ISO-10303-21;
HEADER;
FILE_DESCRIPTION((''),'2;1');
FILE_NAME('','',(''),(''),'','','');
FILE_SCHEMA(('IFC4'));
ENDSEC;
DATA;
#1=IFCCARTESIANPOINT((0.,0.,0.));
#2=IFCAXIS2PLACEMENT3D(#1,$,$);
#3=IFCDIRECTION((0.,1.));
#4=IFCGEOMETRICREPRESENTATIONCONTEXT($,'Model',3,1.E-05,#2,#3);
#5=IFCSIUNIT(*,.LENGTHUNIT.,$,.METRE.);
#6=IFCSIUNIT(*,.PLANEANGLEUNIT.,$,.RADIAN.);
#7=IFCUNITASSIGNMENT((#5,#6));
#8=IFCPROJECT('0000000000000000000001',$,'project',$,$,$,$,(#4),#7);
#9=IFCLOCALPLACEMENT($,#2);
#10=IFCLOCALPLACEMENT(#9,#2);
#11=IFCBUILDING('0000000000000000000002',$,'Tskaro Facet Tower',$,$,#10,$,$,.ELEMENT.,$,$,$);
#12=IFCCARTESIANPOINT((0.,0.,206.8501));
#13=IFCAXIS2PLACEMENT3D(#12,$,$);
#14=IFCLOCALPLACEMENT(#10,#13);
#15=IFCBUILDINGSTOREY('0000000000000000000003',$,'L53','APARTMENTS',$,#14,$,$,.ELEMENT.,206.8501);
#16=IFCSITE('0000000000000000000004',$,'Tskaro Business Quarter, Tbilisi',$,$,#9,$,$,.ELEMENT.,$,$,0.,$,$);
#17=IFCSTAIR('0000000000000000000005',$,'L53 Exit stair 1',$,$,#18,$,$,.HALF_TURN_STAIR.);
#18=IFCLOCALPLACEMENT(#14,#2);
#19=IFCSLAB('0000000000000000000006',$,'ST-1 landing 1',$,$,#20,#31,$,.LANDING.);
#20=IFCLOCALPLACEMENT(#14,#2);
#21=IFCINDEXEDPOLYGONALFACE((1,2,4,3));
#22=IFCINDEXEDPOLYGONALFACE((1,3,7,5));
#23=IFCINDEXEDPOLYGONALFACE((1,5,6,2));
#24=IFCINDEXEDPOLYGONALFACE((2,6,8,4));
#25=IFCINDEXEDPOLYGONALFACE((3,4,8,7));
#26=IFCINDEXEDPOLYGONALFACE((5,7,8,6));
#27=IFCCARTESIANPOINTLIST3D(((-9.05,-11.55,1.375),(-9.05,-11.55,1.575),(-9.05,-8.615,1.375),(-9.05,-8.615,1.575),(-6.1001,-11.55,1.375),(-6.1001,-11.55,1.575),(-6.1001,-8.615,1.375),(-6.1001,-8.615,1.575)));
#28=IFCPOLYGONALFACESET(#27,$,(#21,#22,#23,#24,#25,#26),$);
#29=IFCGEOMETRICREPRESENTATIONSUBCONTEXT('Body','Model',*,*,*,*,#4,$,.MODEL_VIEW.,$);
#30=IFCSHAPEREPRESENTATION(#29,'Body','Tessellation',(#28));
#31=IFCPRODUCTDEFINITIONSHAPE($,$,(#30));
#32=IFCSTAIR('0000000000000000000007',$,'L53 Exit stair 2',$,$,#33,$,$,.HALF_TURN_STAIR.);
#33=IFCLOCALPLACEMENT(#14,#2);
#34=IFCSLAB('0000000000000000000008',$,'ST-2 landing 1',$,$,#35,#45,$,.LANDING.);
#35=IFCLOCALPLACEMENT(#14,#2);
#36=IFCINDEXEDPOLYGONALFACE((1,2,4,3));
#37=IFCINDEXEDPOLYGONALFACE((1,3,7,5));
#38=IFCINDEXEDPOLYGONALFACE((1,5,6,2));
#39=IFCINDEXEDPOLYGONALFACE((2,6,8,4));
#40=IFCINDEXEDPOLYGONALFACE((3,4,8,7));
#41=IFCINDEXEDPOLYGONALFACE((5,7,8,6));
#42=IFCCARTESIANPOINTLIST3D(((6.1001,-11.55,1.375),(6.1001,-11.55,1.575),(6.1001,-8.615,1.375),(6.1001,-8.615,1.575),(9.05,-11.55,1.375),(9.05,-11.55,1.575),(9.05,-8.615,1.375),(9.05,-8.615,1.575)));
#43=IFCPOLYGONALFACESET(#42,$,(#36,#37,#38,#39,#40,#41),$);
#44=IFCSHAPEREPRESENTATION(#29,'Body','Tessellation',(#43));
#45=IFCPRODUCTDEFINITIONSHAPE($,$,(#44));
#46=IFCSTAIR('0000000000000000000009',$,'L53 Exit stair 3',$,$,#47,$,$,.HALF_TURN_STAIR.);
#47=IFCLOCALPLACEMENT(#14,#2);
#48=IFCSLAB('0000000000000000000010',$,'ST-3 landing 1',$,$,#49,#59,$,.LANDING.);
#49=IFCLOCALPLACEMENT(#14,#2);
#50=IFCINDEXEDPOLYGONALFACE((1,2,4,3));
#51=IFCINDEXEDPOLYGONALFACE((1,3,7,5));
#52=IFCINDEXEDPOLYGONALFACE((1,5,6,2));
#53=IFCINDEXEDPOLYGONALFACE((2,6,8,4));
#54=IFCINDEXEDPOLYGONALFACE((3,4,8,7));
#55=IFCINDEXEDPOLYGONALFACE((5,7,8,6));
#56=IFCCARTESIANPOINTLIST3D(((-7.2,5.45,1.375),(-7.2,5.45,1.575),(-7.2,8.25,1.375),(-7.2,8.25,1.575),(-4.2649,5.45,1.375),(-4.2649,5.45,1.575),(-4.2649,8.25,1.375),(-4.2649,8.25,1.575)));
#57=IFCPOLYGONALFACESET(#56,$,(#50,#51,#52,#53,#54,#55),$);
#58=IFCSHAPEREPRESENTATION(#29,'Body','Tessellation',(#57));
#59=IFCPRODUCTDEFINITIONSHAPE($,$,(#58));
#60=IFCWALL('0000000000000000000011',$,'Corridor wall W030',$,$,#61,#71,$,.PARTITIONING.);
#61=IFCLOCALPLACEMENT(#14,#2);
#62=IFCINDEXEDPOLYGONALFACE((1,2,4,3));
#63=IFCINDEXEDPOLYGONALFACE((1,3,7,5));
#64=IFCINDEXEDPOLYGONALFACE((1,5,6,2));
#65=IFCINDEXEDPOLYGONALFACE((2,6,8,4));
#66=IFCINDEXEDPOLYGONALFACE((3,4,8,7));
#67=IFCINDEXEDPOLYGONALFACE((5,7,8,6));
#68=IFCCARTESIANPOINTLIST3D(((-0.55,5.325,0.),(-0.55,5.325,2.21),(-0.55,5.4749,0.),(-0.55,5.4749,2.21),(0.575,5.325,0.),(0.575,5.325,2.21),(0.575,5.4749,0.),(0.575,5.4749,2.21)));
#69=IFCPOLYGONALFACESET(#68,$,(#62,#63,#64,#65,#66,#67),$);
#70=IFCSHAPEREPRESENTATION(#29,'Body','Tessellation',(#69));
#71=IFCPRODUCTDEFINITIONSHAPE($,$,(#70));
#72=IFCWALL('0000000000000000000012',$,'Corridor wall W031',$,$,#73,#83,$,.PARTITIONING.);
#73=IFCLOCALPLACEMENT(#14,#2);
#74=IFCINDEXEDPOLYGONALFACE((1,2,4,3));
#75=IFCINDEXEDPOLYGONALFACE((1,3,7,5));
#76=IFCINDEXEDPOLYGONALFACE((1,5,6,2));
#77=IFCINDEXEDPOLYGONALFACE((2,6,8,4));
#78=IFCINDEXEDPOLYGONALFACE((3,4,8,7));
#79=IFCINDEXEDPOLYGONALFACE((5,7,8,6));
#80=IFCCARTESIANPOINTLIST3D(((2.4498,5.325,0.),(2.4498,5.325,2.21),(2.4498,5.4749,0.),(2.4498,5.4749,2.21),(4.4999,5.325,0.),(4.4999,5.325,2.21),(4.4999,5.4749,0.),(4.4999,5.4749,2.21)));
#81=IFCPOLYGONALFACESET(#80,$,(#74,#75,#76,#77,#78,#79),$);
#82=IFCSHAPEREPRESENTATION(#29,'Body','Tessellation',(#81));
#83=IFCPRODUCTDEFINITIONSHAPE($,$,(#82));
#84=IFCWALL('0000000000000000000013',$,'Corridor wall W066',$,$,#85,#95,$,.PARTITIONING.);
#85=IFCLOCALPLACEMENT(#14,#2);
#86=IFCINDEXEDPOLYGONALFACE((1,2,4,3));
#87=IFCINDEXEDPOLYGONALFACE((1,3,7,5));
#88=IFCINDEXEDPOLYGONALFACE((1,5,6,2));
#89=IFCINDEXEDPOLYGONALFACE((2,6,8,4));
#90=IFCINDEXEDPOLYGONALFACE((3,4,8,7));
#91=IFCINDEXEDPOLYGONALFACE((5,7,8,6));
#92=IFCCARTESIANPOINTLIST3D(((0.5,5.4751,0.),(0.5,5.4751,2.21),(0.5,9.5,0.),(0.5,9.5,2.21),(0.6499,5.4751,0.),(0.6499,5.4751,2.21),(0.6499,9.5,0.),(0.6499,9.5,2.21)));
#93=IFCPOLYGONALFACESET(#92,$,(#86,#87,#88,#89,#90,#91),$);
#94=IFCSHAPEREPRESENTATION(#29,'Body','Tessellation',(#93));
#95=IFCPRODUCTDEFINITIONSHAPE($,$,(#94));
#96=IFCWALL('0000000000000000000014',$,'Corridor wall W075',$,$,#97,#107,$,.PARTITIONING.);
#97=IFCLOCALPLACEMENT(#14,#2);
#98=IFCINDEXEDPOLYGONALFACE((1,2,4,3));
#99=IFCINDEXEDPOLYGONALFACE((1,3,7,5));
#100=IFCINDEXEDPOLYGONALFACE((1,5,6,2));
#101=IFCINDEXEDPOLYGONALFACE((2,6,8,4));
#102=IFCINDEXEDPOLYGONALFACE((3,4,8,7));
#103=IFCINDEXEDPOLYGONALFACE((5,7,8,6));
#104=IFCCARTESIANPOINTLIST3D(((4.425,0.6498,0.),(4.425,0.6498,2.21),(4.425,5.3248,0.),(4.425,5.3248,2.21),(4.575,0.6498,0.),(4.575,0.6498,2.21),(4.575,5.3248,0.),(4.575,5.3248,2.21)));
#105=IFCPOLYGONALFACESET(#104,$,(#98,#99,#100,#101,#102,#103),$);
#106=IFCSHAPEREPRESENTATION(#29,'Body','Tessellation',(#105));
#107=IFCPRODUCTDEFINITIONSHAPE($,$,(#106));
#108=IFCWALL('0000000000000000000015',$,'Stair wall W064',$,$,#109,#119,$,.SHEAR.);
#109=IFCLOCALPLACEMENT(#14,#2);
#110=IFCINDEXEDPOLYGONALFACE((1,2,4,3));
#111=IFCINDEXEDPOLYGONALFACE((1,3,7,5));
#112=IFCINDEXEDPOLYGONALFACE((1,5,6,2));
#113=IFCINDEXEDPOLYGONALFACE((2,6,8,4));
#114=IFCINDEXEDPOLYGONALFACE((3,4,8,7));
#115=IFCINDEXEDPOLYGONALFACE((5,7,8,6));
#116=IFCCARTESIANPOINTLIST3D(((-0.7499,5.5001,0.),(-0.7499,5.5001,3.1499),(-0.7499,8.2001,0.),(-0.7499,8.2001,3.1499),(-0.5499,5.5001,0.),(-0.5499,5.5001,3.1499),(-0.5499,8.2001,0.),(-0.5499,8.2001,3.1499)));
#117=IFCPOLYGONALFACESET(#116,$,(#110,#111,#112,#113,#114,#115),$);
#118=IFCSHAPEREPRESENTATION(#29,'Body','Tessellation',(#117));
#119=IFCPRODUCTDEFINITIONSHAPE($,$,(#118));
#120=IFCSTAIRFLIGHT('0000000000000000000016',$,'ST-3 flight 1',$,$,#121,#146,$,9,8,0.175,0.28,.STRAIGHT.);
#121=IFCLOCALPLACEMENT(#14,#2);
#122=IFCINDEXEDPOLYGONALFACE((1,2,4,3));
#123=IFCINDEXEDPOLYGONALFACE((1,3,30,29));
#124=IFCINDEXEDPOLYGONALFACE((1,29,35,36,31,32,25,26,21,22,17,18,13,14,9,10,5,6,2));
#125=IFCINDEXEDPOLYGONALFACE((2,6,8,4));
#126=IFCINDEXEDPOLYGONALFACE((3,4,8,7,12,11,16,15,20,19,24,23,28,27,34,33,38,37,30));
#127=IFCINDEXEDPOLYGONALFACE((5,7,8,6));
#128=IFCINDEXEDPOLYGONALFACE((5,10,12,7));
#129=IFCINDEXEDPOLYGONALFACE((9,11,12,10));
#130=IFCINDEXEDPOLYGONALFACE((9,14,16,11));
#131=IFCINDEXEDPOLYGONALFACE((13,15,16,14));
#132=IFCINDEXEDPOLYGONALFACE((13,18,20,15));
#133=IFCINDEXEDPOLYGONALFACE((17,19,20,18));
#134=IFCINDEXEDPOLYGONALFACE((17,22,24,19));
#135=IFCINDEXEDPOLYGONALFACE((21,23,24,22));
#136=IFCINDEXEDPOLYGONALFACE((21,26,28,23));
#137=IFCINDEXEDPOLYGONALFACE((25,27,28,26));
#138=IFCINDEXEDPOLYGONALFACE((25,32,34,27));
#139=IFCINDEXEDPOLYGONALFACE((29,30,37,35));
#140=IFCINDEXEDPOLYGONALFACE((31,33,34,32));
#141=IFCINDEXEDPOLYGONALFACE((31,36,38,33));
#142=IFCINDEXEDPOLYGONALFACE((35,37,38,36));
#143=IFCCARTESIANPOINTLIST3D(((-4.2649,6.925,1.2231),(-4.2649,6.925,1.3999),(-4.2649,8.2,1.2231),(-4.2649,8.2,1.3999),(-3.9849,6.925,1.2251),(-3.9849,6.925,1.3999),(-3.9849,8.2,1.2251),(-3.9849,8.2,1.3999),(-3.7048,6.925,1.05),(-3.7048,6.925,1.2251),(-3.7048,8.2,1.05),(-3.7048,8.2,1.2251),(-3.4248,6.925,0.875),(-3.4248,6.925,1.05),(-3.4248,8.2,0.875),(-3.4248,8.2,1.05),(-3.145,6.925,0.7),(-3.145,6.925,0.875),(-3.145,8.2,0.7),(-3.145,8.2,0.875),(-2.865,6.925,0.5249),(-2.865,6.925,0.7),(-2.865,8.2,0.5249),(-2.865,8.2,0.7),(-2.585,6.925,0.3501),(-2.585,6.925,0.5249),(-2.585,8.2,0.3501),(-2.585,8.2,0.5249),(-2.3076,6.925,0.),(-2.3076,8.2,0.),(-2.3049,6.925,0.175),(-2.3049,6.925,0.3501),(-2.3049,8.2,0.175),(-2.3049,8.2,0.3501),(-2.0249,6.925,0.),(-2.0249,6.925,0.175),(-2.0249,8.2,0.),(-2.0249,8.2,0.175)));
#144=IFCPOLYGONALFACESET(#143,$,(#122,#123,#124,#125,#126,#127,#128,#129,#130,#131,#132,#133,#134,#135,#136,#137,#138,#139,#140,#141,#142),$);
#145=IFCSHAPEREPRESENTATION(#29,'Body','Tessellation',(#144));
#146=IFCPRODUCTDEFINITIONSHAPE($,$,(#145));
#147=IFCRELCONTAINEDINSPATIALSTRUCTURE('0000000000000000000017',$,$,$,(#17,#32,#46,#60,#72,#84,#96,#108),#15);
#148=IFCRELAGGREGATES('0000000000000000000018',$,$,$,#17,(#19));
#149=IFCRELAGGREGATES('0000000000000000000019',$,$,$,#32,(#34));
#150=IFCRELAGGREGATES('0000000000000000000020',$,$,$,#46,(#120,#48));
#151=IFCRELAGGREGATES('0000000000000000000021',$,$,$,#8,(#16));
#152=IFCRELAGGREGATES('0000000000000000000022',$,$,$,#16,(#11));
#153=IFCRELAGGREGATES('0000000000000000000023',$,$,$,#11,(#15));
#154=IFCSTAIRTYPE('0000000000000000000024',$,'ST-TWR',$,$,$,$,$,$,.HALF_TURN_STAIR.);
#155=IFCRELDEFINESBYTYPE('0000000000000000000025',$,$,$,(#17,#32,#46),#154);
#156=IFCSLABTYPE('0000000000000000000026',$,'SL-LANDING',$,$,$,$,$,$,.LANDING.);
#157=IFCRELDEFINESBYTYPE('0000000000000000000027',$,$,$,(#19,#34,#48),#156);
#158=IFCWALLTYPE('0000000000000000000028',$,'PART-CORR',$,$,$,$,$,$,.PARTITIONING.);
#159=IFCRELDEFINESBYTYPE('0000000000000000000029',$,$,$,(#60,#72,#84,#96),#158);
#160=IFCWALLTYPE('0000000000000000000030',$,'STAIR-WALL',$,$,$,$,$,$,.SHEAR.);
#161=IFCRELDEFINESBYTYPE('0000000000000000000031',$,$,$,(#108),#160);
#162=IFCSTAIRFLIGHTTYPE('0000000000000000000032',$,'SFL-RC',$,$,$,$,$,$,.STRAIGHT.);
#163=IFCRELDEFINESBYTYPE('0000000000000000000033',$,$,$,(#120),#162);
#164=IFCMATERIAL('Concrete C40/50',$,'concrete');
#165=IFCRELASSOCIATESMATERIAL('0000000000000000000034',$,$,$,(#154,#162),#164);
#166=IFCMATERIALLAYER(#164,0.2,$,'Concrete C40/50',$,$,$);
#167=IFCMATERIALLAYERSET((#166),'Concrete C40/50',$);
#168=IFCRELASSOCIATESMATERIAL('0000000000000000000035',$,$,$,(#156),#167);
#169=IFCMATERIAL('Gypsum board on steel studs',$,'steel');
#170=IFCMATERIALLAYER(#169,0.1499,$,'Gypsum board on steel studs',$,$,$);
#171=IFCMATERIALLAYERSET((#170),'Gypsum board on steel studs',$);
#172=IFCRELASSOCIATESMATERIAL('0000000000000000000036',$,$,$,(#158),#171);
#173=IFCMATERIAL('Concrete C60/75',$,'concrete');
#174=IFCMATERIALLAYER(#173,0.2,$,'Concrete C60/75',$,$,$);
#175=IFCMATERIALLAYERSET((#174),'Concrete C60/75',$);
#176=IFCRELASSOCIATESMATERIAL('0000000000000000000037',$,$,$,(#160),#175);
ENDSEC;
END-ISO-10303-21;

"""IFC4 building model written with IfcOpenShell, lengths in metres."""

from ifc_helpers import new_model, si_unit, direction, frame, frame_2d, origin, place, context, subcontext, project, spatial, polyline, rectangle, outline, extrude, material, layer, layer_set, type_object, element, aggregate, save


model = new_model("IFC4")

# Units and contexts
model_context = context("Model", 3, precision=1e-05, world=origin(), true_north=direction((0.0, 1.0)))
body_context = subcontext(model_context, "Body", "Model", "MODEL_VIEW")
ifc_project = project(units=[si_unit("LENGTHUNIT", "METRE"), si_unit("PLANEANGLEUNIT", "RADIAN")], contexts=[model_context])

# Site, building, storey
site_placement = place(None, origin())
site = spatial("IfcSite", under=ifc_project, at=site_placement, Name="Tskaro Business Quarter, Tbilisi", CompositionType="ELEMENT", RefElevation=0.0)
building_placement = place(site_placement, origin())
building = spatial("IfcBuilding", under=site, at=building_placement, Name="Tskaro Facet Tower", CompositionType="ELEMENT")
storey_placement = place(building_placement, frame((0.0, 0.0, 206.8501)))
storey = spatial("IfcBuildingStorey", under=building, at=storey_placement, Name="L53", Description="APARTMENTS", CompositionType="ELEMENT", Elevation=206.8501)

# Stairs, slabs
ifc_material_1 = material(Name="Concrete C40/50", Category="concrete")
stair_type = type_object("IfcStairType", Name="ST-TWR", PredefinedType="HALF_TURN_STAIR", material=ifc_material_1)
stair_1_placement = place(storey_placement, origin())
stair_1 = element("IfcStair", 1, at=stair_1_placement, inside=storey, type_object=stair_type, Name="L53 Exit stair 1", PredefinedType="HALF_TURN_STAIR")
ifc_layer_1 = layer(ifc_material_1, 0.2, Name="Concrete C40/50")
ifc_layer_set_1 = layer_set([ifc_layer_1], Name="Concrete C40/50")
slab_type = type_object("IfcSlabType", Name="SL-LANDING", PredefinedType="LANDING", material=ifc_layer_set_1)
slab_1_placement = place(storey_placement, frame((0.0, 0.0, 1.375)))
slab_1 = element("IfcSlab", 2, at=slab_1_placement, type_object=slab_type, Name="ST-1 landing 1", PredefinedType="LANDING", context=body_context, shape_type="SweptSolid", body=[
    extrude(outline(polyline([(-9.05, -11.55), (-6.1001, -11.55), (-6.1001, -8.615), (-9.05, -8.615), (-9.05, -11.55)])), origin(), (0.0, 0.0, 1.0), 0.2),
])
aggregate(stair_1, [slab_1])
stair_2_placement = place(storey_placement, origin())
stair_2 = element("IfcStair", 3, at=stair_2_placement, inside=storey, type_object=stair_type, Name="L53 Exit stair 2", PredefinedType="HALF_TURN_STAIR")
slab_2_placement = place(storey_placement, frame((0.0, 0.0, 1.375)))
slab_2 = element("IfcSlab", 4, at=slab_2_placement, type_object=slab_type, Name="ST-2 landing 1", PredefinedType="LANDING", context=body_context, shape_type="SweptSolid", body=[
    extrude(outline(polyline([(6.1001, -11.55), (9.05, -11.55), (9.05, -8.615), (6.1001, -8.615), (6.1001, -11.55)])), origin(), (0.0, 0.0, 1.0), 0.2),
])
aggregate(stair_2, [slab_2])
stair_3_placement = place(storey_placement, origin())
stair_3 = element("IfcStair", 5, at=stair_3_placement, inside=storey, type_object=stair_type, Name="L53 Exit stair 3", PredefinedType="HALF_TURN_STAIR")
slab_3_placement = place(storey_placement, frame((0.0, 0.0, 1.375)))
slab_3 = element("IfcSlab", 6, at=slab_3_placement, type_object=slab_type, Name="ST-3 landing 1", PredefinedType="LANDING", context=body_context, shape_type="SweptSolid", body=[
    extrude(outline(polyline([(-7.2, 5.45), (-4.2649, 5.45), (-4.2649, 8.25), (-7.2, 8.25), (-7.2, 5.45)])), origin(), (0.0, 0.0, 1.0), 0.2),
])

# Walls
ifc_material_2 = material(Name="Gypsum board on steel studs", Category="steel")
ifc_layer_2 = layer(ifc_material_2, 0.1499, Name="Gypsum board on steel studs")
ifc_layer_set_2 = layer_set([ifc_layer_2], Name="Gypsum board on steel studs")
wall_type_1 = type_object("IfcWallType", Name="PART-CORR", PredefinedType="PARTITIONING", material=ifc_layer_set_2)
wall_1_placement = place(storey_placement, frame((-0.55, 5.3999, 0.0), z_axis=(0.0, 0.0, 1.0), x_axis=(1.0, 0.0, 0.0)))
element("IfcWall", 7, at=wall_1_placement, inside=storey, type_object=wall_type_1, Name="Corridor wall W030", PredefinedType="PARTITIONING", context=body_context, shape_type="SweptSolid", body=[
    extrude(rectangle(XDim=1.125, YDim=0.1499, at=frame_2d((0.5625, 0.0))), origin(), (0.0, 0.0, 1.0), 2.21),
])
wall_2_placement = place(storey_placement, frame((2.45, 5.3999, 0.0), z_axis=(0.0, 0.0, 1.0), x_axis=(1.0, 0.0, 0.0)))
element("IfcWall", 8, at=wall_2_placement, inside=storey, type_object=wall_type_1, Name="Corridor wall W031", PredefinedType="PARTITIONING", context=body_context, shape_type="SweptSolid", body=[
    extrude(rectangle(XDim=2.05, YDim=0.1499, at=frame_2d((1.0249, 0.0))), origin(), (0.0, 0.0, 1.0), 2.21),
])
wall_3_placement = place(storey_placement, frame((0.575, 5.4751, 0.0), z_axis=(0.0, 0.0, 1.0), x_axis=(0.0, 1.0, 0.0)))
element("IfcWall", 9, at=wall_3_placement, inside=storey, type_object=wall_type_1, Name="Corridor wall W066", PredefinedType="PARTITIONING", context=body_context, shape_type="SweptSolid", body=[
    extrude(rectangle(XDim=4.0249, YDim=0.1499, at=frame_2d((2.0125, 0.0))), origin(), (0.0, 0.0, 1.0), 2.21),
])
wall_4_placement = place(storey_placement, frame((4.5, 0.6499, 0.0), z_axis=(0.0, 0.0, 1.0), x_axis=(0.0, 1.0, 0.0)))
element("IfcWall", 10, at=wall_4_placement, inside=storey, type_object=wall_type_1, Name="Corridor wall W075", PredefinedType="PARTITIONING", context=body_context, shape_type="SweptSolid", body=[
    extrude(rectangle(XDim=4.675, YDim=0.1499, at=frame_2d((2.3374, 0.0))), origin(), (0.0, 0.0, 1.0), 2.21),
])
ifc_material_3 = material(Name="Concrete C60/75", Category="concrete")
ifc_layer_3 = layer(ifc_material_3, 0.2, Name="Concrete C60/75")
ifc_layer_set_3 = layer_set([ifc_layer_3], Name="Concrete C60/75")
wall_type_2 = type_object("IfcWallType", Name="STAIR-WALL", PredefinedType="SHEAR", material=ifc_layer_set_3)
wall_5_placement = place(storey_placement, frame((-0.6499, 5.5, 0.0), z_axis=(0.0, 0.0, 1.0), x_axis=(0.0, 1.0, 0.0)))
element("IfcWall", 11, at=wall_5_placement, inside=storey, type_object=wall_type_2, Name="Stair wall W064", PredefinedType="SHEAR", context=body_context, shape_type="SweptSolid", body=[
    extrude(rectangle(XDim=2.7, YDim=0.2, at=frame_2d((1.3501, 0.0))), origin(), (0.0, 0.0, 1.0), 3.1499),
])

# Stair flight
stair_flight_type = type_object("IfcStairFlightType", Name="SFL-RC", PredefinedType="STRAIGHT", material=ifc_material_1)
stair_flight_placement = place(storey_placement, frame((-2.0249, 7.5625, 0.0), z_axis=(0.0, 0.0, 1.0), x_axis=(-1.0, 0.0, 0.0)))
stair_flight = element("IfcStairFlight", 12, at=stair_flight_placement, type_object=stair_flight_type, Name="ST-3 flight 1", NumberOfRisers=9, NumberOfTreads=8, PredefinedType="STRAIGHT", RiserHeight=0.175, TreadLength=0.28, context=body_context, shape_type="SweptSolid", body=[
    extrude(outline(polyline([(0.0, 0.0), (0.0, 0.175), (0.28, 0.175), (0.28, 0.3501), (0.5601, 0.3501), (0.5601, 0.5249), (0.8401, 0.5249), (0.8401, 0.7), (1.1201, 0.7), (1.1201, 0.875), (1.3999, 0.875), (1.3999, 1.05), (1.6799, 1.05), (1.6799, 1.2251), (1.96, 1.2251), (1.96, 1.3999), (2.24, 1.3999), (2.24, 1.575), (2.24, 1.2231), (0.2827, 0.0), (0.0, 0.0)])), frame((0.0, 0.6375, 0.0), z_axis=(0.0, -1.0, 0.0), x_axis=(1.0, 0.0, 0.0)), (0.0, 0.0, 1.0), 1.2749),
])
aggregate(stair_3, [stair_flight, slab_3])

save(model, "model.ifc")
